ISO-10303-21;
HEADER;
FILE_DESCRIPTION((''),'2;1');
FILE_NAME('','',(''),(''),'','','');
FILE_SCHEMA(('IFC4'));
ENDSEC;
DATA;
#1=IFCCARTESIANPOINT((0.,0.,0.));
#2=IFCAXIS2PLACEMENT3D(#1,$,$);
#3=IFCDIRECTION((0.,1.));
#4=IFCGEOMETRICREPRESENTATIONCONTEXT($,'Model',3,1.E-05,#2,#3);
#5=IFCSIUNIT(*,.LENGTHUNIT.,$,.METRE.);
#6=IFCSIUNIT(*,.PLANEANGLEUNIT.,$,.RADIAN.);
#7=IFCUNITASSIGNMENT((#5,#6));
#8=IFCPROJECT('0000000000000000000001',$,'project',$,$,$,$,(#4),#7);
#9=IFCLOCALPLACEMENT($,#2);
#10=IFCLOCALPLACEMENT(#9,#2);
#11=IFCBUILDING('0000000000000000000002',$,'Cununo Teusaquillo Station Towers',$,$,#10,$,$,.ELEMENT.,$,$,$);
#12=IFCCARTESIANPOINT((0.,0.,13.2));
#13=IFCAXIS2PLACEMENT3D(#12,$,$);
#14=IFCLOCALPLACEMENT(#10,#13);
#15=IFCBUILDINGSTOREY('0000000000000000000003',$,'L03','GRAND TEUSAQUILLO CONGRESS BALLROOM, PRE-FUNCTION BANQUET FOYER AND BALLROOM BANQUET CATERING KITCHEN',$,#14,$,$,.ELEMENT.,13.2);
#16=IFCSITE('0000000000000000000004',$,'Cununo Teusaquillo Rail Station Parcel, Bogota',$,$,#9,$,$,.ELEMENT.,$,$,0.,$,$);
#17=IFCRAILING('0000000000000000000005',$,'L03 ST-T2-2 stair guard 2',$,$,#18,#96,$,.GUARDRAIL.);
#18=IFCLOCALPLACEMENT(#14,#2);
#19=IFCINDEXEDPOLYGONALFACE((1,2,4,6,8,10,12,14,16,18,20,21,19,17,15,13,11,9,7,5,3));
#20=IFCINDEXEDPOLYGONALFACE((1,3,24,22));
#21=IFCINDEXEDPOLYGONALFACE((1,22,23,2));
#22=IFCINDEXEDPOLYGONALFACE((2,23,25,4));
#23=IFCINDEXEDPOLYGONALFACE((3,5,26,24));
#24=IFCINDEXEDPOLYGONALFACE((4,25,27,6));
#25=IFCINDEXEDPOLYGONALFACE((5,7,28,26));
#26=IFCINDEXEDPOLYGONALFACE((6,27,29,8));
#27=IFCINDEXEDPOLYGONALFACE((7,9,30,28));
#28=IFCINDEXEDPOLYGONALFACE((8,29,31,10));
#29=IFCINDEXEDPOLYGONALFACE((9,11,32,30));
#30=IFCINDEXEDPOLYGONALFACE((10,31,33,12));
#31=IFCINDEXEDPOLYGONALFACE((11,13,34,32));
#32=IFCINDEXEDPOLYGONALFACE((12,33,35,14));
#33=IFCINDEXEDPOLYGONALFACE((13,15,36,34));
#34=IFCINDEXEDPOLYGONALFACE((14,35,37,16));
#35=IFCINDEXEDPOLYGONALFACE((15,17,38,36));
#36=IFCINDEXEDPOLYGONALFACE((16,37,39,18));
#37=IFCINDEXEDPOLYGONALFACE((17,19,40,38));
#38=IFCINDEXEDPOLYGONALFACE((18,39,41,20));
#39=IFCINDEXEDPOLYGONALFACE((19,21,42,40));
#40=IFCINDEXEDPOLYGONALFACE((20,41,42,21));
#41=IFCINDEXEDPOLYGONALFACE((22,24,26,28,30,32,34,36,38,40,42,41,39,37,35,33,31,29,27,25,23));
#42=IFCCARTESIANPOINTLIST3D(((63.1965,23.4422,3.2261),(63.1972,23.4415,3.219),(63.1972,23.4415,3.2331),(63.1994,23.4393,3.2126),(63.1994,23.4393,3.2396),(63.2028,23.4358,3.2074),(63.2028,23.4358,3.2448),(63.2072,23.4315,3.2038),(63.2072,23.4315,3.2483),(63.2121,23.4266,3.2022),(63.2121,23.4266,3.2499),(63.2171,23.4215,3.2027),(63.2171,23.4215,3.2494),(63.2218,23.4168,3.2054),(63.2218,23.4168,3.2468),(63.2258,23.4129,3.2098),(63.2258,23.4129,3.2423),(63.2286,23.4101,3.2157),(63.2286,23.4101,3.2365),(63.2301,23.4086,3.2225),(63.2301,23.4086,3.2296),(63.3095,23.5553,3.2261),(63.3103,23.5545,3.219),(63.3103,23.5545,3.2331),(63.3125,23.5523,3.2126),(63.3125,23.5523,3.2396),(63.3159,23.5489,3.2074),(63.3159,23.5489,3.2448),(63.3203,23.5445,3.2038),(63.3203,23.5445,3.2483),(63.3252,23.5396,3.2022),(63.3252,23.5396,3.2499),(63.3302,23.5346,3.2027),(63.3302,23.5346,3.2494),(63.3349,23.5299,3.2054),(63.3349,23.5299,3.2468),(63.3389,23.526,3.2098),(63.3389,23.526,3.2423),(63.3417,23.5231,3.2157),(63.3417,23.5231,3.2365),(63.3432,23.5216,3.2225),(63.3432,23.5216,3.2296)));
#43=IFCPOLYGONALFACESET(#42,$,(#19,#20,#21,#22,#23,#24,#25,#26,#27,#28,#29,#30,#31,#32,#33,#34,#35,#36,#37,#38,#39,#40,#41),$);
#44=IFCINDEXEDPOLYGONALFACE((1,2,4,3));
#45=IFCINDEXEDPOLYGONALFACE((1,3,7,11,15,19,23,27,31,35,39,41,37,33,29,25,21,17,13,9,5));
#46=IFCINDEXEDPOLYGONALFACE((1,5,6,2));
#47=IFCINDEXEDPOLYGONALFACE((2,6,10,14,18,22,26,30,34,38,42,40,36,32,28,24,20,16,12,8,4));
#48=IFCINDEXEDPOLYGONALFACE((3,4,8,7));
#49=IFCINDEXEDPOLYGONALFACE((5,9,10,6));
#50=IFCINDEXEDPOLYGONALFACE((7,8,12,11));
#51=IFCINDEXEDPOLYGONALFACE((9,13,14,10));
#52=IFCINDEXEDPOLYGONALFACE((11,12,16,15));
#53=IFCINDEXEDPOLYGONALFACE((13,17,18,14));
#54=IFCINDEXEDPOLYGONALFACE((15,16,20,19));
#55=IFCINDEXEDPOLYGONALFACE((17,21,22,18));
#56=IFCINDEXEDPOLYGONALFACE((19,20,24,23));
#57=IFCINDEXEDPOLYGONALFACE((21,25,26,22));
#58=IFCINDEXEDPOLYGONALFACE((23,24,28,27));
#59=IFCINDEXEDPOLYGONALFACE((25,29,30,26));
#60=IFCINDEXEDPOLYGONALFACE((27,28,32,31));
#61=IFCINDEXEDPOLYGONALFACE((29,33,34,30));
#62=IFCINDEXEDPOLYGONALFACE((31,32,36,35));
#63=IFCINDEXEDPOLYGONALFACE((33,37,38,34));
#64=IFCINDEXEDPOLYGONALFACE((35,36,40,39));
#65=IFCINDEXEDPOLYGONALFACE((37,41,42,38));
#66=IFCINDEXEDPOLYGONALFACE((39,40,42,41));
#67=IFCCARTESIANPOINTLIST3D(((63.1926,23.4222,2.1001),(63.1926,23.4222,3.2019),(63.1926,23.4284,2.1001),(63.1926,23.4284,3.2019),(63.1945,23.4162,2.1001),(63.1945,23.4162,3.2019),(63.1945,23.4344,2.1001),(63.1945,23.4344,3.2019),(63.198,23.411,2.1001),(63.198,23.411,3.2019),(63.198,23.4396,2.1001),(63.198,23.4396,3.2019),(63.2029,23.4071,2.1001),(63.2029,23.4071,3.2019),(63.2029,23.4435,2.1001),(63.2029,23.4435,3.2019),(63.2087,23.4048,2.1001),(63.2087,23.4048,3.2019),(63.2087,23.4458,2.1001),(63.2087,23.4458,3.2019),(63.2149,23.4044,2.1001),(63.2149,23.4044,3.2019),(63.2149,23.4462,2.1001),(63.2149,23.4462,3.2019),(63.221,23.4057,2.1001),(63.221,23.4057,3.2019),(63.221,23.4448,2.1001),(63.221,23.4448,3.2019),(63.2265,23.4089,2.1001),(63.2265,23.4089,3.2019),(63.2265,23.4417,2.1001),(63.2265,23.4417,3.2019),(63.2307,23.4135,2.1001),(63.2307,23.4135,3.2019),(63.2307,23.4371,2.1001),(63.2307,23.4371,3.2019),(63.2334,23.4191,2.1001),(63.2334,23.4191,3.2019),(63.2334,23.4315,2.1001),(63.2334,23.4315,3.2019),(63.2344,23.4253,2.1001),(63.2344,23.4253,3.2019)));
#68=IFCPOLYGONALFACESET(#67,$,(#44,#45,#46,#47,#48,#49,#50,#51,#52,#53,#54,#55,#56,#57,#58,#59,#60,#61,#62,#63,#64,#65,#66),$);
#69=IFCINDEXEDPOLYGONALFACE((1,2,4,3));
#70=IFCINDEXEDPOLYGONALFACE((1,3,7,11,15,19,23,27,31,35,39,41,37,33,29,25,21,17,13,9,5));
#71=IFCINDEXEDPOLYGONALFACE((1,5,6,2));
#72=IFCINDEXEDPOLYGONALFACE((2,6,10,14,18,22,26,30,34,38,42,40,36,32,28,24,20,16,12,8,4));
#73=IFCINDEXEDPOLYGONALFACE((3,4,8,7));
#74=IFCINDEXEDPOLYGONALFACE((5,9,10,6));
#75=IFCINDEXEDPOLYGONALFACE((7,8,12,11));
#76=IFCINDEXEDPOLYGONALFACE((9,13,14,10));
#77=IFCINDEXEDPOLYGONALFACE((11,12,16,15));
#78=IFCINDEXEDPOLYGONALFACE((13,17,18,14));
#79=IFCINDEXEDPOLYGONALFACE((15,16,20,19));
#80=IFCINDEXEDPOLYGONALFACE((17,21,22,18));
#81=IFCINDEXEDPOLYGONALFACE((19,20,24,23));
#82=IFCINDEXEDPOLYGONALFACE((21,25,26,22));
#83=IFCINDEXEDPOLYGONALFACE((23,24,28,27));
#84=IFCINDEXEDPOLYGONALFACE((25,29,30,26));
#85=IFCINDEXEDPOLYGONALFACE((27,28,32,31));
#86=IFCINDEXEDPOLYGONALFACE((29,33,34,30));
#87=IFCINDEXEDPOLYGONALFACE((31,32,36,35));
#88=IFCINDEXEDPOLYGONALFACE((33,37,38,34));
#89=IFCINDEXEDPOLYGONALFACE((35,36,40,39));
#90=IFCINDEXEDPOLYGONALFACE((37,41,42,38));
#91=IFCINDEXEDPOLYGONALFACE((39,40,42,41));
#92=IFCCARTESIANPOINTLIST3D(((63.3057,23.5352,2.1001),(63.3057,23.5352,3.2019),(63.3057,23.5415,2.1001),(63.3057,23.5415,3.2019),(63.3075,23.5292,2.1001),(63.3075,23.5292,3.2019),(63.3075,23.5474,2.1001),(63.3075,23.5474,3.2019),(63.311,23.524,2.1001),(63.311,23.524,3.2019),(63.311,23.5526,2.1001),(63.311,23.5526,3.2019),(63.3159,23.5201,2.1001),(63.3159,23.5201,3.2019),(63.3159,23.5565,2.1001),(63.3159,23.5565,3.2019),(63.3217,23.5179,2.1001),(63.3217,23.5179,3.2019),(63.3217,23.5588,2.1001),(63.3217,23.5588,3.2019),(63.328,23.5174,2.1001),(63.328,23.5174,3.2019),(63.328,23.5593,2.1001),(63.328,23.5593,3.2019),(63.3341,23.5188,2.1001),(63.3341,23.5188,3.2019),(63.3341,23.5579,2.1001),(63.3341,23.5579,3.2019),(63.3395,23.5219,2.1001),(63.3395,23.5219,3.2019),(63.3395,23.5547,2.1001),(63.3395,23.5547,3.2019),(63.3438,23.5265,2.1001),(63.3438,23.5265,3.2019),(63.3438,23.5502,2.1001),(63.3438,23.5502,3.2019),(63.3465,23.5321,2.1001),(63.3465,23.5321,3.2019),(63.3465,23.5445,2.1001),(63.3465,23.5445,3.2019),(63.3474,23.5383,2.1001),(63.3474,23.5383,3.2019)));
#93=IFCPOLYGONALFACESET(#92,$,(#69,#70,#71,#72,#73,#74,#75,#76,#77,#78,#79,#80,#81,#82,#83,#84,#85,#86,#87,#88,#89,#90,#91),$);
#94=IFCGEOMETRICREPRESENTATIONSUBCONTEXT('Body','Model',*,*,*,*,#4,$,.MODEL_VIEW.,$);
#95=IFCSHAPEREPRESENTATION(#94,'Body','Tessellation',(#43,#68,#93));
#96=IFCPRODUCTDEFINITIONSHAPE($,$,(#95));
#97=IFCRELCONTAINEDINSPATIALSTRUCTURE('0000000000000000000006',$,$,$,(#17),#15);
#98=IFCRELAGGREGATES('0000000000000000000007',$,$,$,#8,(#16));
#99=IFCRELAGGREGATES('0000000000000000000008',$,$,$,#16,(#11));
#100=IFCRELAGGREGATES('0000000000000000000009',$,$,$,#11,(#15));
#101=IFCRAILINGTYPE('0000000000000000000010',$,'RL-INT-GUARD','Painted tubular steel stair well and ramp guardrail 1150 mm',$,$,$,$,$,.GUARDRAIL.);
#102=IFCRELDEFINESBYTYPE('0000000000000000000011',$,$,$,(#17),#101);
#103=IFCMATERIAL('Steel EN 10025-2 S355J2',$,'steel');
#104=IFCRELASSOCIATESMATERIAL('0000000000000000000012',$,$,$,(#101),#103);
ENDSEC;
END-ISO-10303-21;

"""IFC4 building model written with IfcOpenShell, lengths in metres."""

from ifc_helpers import new_model, si_unit, direction, frame, origin, origin_2d, place, context, subcontext, project, spatial, circle, extrude, material, type_object, element, save


model = new_model("IFC4")

# Units and contexts
model_context = context("Model", 3, precision=1e-05, world=origin(), true_north=direction((0.0, 1.0)))
body_context = subcontext(model_context, "Body", "Model", "MODEL_VIEW")
ifc_project = project(units=[si_unit("LENGTHUNIT", "METRE"), si_unit("PLANEANGLEUNIT", "RADIAN")], contexts=[model_context])

# Site, building, storey
site_placement = place(None, origin())
site = spatial("IfcSite", under=ifc_project, at=site_placement, Name="Cununo Teusaquillo Rail Station Parcel, Bogota", CompositionType="ELEMENT", RefElevation=0.0)
building_placement = place(site_placement, origin())
building = spatial("IfcBuilding", under=site, at=building_placement, Name="Cununo Teusaquillo Station Towers", CompositionType="ELEMENT")
storey_placement = place(building_placement, frame((0.0, 0.0, 13.2)))
storey = spatial("IfcBuildingStorey", under=building, at=storey_placement, Name="L03", Description="GRAND TEUSAQUILLO CONGRESS BALLROOM, PRE-FUNCTION BANQUET FOYER AND BALLROOM BANQUET CATERING KITCHEN", CompositionType="ELEMENT", Elevation=13.2)

# Railing
ifc_material_1 = material(Name="Steel EN 10025-2 S355J2", Category="steel")
railing_type_1 = type_object("IfcRailingType", Name="RL-INT-GUARD", Description="Painted tubular steel stair well and ramp guardrail 1150 mm", PredefinedType="GUARDRAIL", material=ifc_material_1)
railing_1_placement = place(storey_placement, frame((63.2134, 23.4253, 2.1001)))
element("IfcRailing", 1, at=railing_1_placement, inside=storey, type_object=railing_type_1, Name="L03 ST-T2-2 stair guard 2", PredefinedType="GUARDRAIL", context=body_context, shape_type="SweptSolid", body=[
    extrude(circle(Radius=0.0239, at=origin_2d()), frame((0.0, 0.0, 1.126), z_axis=(0.707107, 0.707107, 0.0), x_axis=(-0.707107, 0.707107, 0.0)), (0.0, 0.0, 1.0), 0.1599),
    extrude(circle(Radius=0.021, at=origin_2d()), origin(), (0.0, 0.0, 1.0), 1.1018),
    extrude(circle(Radius=0.021, at=origin_2d()), frame((0.113, 0.113, 0.0)), (0.0, 0.0, 1.0), 1.1018),
])

save(model, "model.ifc")
